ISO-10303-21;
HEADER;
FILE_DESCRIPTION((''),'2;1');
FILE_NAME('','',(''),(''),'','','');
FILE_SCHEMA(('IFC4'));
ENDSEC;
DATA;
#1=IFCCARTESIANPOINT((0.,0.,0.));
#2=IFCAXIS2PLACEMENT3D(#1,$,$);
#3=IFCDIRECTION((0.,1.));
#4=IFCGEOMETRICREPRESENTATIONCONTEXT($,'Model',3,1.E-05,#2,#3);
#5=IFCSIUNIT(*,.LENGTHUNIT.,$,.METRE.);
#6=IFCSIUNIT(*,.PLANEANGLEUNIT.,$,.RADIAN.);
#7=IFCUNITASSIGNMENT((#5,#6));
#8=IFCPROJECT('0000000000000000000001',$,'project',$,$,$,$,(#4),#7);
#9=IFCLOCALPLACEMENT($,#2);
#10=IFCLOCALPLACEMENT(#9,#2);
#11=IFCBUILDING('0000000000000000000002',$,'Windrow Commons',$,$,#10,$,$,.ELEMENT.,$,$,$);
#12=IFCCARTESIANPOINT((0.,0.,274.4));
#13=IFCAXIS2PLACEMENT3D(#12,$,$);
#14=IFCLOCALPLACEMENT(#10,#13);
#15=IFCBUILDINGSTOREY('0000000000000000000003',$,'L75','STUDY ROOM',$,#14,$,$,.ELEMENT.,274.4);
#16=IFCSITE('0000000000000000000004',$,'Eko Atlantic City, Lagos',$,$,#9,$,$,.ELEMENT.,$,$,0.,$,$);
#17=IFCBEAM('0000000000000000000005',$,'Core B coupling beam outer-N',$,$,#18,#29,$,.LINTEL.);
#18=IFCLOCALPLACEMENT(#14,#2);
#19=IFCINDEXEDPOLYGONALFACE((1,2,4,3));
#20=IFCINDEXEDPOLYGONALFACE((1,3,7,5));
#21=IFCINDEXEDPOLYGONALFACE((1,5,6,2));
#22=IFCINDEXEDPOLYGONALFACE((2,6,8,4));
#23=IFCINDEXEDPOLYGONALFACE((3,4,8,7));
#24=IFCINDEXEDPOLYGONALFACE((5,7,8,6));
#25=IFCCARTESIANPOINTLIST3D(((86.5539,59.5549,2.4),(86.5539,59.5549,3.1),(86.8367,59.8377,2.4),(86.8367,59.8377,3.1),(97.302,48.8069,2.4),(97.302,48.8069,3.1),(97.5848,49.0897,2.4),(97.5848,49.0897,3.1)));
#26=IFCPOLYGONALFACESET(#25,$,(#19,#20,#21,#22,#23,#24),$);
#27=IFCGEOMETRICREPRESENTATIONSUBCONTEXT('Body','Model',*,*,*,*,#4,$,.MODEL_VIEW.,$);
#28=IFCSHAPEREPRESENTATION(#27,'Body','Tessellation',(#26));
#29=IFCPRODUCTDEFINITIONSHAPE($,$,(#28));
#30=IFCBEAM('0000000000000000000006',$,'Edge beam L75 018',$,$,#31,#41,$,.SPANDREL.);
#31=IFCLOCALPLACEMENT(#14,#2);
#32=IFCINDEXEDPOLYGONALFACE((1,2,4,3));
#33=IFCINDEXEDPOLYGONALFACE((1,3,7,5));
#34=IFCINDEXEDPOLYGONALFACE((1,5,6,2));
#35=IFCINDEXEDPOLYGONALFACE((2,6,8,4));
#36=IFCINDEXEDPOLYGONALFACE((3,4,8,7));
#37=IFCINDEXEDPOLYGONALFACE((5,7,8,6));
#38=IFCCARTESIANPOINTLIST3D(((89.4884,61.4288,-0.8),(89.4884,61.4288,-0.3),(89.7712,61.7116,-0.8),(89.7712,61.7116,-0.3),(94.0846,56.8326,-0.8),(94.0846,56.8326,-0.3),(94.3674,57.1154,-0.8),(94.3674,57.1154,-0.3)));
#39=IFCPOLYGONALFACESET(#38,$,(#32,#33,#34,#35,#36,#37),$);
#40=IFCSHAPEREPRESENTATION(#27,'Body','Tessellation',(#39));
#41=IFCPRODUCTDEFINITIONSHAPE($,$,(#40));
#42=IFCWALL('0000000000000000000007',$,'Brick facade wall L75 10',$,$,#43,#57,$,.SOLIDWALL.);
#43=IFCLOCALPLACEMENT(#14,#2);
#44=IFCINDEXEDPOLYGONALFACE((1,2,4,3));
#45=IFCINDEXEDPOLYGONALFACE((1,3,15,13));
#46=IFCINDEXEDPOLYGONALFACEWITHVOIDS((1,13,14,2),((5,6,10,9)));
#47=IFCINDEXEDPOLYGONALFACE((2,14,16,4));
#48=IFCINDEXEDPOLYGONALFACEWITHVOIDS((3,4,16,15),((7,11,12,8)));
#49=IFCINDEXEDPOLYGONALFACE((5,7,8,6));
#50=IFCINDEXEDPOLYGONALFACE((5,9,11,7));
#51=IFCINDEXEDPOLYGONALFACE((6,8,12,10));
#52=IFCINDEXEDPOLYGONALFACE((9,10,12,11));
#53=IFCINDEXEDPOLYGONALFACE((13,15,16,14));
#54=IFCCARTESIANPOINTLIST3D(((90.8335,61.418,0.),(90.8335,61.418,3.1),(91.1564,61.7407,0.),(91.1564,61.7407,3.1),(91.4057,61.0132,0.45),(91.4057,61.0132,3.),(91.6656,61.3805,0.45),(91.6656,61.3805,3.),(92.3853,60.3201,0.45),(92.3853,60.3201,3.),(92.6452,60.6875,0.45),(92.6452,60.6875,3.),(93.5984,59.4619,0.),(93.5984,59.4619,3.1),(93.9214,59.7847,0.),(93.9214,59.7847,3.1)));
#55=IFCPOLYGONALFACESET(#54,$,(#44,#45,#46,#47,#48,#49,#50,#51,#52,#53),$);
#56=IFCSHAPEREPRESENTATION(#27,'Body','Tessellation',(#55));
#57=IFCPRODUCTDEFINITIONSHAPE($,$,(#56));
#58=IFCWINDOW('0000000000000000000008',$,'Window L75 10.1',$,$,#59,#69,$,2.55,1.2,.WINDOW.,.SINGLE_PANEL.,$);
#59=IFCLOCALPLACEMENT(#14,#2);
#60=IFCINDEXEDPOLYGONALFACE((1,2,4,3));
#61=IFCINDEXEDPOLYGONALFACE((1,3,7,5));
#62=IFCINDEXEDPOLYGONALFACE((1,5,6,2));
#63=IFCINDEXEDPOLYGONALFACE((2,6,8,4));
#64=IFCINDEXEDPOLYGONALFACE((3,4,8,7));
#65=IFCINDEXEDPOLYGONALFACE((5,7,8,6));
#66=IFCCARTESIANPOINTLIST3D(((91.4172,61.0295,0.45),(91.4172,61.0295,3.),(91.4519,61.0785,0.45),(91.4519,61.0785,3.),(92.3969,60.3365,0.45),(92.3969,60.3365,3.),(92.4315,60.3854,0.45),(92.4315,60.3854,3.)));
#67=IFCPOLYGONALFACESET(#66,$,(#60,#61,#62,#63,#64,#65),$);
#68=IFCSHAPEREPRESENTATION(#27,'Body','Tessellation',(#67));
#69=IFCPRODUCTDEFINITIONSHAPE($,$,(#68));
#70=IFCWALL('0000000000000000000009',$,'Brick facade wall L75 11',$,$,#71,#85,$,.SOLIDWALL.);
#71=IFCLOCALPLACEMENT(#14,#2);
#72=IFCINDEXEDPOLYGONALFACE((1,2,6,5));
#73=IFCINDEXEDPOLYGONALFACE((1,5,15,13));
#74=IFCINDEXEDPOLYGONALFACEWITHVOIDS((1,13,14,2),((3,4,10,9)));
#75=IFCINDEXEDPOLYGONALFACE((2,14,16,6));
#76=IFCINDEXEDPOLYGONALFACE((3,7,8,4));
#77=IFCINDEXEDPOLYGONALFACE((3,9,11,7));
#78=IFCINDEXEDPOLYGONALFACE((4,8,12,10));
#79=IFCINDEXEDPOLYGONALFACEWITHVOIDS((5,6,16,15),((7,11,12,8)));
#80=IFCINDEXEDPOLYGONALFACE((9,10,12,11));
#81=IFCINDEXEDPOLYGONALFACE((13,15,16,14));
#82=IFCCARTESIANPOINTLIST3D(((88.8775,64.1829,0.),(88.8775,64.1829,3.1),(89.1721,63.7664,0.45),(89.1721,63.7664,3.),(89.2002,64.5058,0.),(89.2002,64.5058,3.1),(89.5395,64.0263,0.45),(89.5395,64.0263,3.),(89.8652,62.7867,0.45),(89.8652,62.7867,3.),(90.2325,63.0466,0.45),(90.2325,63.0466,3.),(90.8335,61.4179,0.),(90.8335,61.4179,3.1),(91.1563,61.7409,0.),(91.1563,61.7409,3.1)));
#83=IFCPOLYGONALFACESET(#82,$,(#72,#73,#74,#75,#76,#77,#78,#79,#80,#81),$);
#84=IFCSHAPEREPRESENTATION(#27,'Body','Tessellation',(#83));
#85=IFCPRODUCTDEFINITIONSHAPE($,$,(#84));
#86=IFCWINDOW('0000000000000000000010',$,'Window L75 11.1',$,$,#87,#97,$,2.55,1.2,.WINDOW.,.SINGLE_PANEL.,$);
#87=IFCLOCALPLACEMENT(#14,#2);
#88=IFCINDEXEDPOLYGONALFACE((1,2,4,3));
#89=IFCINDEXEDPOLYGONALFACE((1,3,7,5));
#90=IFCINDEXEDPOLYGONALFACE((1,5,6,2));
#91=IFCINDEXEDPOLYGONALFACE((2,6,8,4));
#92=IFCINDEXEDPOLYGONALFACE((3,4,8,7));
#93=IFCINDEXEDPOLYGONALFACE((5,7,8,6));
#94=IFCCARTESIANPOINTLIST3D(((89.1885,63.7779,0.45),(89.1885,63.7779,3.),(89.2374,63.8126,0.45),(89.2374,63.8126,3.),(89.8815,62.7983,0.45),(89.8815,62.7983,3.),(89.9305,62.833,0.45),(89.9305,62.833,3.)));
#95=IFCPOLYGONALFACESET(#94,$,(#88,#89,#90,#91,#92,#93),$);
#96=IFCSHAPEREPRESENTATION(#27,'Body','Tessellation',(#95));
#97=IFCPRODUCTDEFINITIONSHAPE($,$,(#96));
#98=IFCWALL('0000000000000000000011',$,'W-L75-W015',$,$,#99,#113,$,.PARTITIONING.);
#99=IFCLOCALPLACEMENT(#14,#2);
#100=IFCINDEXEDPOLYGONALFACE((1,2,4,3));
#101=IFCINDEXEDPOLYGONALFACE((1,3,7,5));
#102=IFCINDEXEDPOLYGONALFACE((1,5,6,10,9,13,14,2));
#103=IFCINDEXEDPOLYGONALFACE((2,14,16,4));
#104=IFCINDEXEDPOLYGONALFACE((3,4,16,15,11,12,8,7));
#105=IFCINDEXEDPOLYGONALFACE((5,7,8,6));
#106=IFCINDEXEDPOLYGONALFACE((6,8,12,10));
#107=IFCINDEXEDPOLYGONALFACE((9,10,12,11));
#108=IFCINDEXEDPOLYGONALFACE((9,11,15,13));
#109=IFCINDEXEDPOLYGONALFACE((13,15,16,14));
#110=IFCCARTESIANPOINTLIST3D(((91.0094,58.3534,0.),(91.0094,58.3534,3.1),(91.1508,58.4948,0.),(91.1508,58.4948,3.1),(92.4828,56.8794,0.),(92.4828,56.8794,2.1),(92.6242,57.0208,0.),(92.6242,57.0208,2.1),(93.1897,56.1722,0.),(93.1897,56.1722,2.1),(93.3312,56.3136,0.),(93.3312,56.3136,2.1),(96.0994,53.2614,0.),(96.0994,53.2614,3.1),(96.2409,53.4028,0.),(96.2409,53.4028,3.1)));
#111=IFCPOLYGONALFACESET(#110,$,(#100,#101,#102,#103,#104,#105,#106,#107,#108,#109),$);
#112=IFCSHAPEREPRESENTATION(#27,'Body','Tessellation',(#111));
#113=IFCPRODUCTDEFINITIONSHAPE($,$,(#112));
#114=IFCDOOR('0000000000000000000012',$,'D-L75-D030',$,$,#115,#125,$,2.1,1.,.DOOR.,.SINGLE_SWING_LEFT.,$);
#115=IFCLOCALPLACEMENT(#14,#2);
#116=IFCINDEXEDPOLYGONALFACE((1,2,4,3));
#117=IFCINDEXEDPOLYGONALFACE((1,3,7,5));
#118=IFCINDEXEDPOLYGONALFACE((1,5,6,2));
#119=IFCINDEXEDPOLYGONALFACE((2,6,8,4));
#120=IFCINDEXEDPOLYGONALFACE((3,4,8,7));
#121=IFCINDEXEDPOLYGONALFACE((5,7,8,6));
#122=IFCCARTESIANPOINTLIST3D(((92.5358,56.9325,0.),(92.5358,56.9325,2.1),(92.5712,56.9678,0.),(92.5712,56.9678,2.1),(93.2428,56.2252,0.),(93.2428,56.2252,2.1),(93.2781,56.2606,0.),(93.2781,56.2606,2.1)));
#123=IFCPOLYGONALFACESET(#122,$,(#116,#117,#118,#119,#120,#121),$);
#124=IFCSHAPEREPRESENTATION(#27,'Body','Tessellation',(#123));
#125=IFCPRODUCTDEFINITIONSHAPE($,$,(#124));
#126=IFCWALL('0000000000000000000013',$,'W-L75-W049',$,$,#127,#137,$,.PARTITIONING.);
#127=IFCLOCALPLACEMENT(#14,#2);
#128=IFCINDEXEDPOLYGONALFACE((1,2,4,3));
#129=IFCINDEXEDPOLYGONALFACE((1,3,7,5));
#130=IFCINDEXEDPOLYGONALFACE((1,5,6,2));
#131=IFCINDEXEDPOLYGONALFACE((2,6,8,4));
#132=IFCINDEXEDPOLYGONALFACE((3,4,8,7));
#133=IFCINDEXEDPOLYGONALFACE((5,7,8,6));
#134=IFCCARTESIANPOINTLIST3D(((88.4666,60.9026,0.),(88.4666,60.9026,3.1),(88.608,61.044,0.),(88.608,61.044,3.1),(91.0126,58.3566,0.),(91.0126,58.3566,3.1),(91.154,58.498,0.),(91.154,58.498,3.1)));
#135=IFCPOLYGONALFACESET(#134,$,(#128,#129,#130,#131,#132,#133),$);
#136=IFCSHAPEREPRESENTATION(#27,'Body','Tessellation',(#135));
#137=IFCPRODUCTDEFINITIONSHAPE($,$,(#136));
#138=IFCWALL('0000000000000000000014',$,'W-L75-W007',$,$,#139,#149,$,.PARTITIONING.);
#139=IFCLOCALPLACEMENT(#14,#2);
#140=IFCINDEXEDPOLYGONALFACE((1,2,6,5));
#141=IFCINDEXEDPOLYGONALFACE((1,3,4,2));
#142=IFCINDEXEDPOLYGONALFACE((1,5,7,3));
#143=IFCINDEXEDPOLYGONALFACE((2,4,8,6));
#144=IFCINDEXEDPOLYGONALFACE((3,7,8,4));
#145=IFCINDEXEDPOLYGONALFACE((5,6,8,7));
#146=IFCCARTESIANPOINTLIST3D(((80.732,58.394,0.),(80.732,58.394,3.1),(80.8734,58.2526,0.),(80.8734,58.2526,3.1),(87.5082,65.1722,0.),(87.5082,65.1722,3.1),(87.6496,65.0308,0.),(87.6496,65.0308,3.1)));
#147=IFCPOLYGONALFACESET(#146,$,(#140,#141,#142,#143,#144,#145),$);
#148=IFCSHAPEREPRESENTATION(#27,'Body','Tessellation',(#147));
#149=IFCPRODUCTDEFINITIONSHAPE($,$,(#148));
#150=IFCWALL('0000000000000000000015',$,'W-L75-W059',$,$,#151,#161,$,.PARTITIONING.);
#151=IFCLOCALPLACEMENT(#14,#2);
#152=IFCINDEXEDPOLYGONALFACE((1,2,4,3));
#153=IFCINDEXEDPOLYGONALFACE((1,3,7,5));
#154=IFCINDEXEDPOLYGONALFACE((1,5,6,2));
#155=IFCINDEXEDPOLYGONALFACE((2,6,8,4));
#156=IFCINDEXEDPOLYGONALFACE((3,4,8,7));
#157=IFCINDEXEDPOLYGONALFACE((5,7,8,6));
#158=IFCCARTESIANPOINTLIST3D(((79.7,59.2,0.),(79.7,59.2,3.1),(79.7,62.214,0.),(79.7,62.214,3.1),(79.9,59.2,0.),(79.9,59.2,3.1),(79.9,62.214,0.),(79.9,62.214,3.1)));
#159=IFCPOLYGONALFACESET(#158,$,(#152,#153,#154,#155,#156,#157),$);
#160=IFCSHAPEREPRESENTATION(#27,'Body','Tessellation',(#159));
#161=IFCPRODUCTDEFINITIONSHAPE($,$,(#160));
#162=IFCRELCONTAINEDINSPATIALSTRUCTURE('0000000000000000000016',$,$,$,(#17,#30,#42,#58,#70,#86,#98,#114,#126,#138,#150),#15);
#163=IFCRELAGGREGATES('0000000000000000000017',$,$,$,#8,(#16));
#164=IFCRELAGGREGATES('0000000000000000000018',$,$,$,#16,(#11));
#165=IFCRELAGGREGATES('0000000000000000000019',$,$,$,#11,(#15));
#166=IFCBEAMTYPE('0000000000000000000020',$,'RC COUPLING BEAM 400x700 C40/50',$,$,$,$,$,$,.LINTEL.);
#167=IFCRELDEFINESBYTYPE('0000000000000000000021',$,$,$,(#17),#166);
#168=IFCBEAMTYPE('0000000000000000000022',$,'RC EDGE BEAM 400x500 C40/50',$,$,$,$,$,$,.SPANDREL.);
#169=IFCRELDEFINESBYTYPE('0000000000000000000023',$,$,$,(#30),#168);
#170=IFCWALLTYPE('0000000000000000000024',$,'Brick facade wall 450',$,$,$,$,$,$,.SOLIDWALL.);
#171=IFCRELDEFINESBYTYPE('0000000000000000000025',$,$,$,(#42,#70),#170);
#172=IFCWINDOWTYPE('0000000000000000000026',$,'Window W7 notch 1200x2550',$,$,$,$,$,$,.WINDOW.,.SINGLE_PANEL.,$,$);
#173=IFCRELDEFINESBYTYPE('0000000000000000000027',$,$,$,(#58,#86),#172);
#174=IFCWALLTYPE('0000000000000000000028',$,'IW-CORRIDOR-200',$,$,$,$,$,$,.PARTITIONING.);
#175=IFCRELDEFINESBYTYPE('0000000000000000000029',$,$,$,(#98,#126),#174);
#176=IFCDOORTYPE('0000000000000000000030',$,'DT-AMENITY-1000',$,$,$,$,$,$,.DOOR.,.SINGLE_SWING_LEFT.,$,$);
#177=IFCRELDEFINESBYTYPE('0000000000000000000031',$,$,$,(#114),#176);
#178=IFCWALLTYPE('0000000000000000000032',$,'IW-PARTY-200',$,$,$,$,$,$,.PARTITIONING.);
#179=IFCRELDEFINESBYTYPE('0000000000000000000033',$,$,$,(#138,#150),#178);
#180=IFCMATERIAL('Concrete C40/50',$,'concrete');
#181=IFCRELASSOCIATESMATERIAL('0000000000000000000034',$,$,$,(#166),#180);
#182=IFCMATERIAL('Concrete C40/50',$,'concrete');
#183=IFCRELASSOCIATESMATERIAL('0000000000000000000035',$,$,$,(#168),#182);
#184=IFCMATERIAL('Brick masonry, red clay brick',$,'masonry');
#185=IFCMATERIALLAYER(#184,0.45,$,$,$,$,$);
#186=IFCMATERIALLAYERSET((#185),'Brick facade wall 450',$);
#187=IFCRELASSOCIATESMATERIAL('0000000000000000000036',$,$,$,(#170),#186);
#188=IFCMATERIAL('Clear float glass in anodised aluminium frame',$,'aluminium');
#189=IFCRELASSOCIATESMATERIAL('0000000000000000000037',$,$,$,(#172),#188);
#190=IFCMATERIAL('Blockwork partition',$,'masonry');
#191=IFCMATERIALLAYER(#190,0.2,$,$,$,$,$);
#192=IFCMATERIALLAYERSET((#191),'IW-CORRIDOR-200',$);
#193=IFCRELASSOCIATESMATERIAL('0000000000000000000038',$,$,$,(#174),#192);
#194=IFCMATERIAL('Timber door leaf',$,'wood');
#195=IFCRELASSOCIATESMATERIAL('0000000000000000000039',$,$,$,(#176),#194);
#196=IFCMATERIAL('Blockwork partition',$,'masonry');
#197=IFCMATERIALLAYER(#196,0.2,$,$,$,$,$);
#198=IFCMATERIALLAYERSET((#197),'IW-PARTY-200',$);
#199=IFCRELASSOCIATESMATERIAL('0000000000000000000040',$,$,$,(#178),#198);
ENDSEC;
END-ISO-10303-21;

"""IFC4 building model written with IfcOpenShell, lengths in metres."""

from ifc_helpers import new_model, si_unit, direction, frame, frame_2d, origin, origin_2d, place, context, subcontext, project, spatial, polyline, rectangle, outline, extrude, material, layer, layer_set, material_profile, profile_set, type_object, element, fill, save


model = new_model("IFC4")

# Units and contexts
model_context = context("Model", 3, precision=1e-05, world=origin(), true_north=direction((0.0, 1.0)))
body_context = subcontext(model_context, "Body", "Model", "MODEL_VIEW")
ifc_project = project(units=[si_unit("LENGTHUNIT", "METRE"), si_unit("PLANEANGLEUNIT", "RADIAN")], contexts=[model_context])

# Site, building, storey
site_placement = place(None, origin())
site = spatial("IfcSite", under=ifc_project, at=site_placement, Name="Eko Atlantic City, Lagos", CompositionType="ELEMENT", RefElevation=0.0)
building_placement = place(site_placement, origin())
building = spatial("IfcBuilding", under=site, at=building_placement, Name="Windrow Commons", CompositionType="ELEMENT")
storey_placement = place(building_placement, frame((0.0, 0.0, 274.4)))
storey = spatial("IfcBuildingStorey", under=building, at=storey_placement, Name="L75", Description="STUDY ROOM", CompositionType="ELEMENT", Elevation=274.4)

# Beams
ifc_material_1 = material(Name="Concrete C40/50", Category="concrete")
ifc_material_profile_1 = material_profile(ifc_material_1, rectangle(XDim=0.4, YDim=0.7, at=origin_2d()))
ifc_profile_set_1 = profile_set([ifc_material_profile_1], Name="Concrete C40/50")
beam_type_1 = type_object("IfcBeamType", Name="RC COUPLING BEAM 400x700 C40/50", PredefinedType="LINTEL", material=ifc_profile_set_1)
beam_1_placement = place(storey_placement, frame((86.6953, 59.6963, 2.75), z_axis=(0.70711, -0.707103, 0.0), x_axis=(0.707103, 0.70711, 0.0)))
element("IfcBeam", 1, at=beam_1_placement, inside=storey, type_object=beam_type_1, Name="Core B coupling beam outer-N", PredefinedType="LINTEL", context=body_context, shape_type="SweptSolid", body=[
    extrude(rectangle(XDim=0.4, YDim=0.7, at=origin_2d()), origin(), (0.0, 0.0, 1.0), 15.2),
])
ifc_material_2 = material(Name="Concrete C40/50", Category="concrete")
ifc_material_profile_2 = material_profile(ifc_material_2, rectangle(XDim=0.4, YDim=0.5, at=origin_2d()))
ifc_profile_set_2 = profile_set([ifc_material_profile_2], Name="Concrete C40/50")
beam_type_2 = type_object("IfcBeamType", Name="RC EDGE BEAM 400x500 C40/50", PredefinedType="SPANDREL", material=ifc_profile_set_2)
beam_2_placement = place(storey_placement, frame((89.6298, 61.5702, -0.55), z_axis=(0.707107, -0.707107, 0.0), x_axis=(0.707107, 0.707107, 0.0)))
element("IfcBeam", 2, at=beam_2_placement, inside=storey, type_object=beam_type_2, Name="Edge beam L75 018", PredefinedType="SPANDREL", context=body_context, shape_type="SweptSolid", body=[
    extrude(rectangle(XDim=0.4, YDim=0.5, at=origin_2d()), origin(), (0.0, 0.0, 1.0), 6.5),
])

# Walls, openings, windows
ifc_material_3 = material(Name="Brick masonry, red clay brick", Category="masonry")
ifc_layer_1 = layer(ifc_material_3, 0.45)
ifc_layer_set_1 = layer_set([ifc_layer_1], Name="Brick facade wall 450")
wall_type_1 = type_object("IfcWallType", Name="Brick facade wall 450", PredefinedType="SOLIDWALL", material=ifc_layer_set_1)
wall_1_placement = place(storey_placement, frame((93.7599, 59.6233, 0.0), z_axis=(0.0, 0.0, 1.0), x_axis=(-0.816364, 0.577537, 0.0)))
wall_1 = element("IfcWall", 3, at=wall_1_placement, inside=storey, type_object=wall_type_1, Name="Brick facade wall L75 10", PredefinedType="SOLIDWALL", context=body_context, shape_type="SweptSolid", body=[
    extrude(outline(polyline([(-0.0386, -0.225), (3.3483, -0.225), (3.4255, 0.225), (0.0386, 0.225), (-0.0386, -0.225)])), origin(), (0.0, 0.0, 1.0), 3.1),
])
opening_1_placement = place(wall_1_placement, frame((1.5246, 0.0, 0.45)))
opening_1 = element("IfcOpeningElement", 4, at=opening_1_placement, cuts=wall_1, PredefinedType="OPENING", context=body_context, shape_type="SweptSolid", body=[
    extrude(rectangle(XDim=1.2, YDim=2.55, at=frame_2d((0.6, 1.275))), frame((0.0, 0.235, 0.0), z_axis=(0.0, -1.0, 0.0), x_axis=(1.0, 0.0, 0.0)), (0.0, 0.0, 1.0), 0.47),
])
ifc_material_4 = material(Name="Clear float glass in anodised aluminium frame", Category="aluminium")
window_type = type_object("IfcWindowType", Name="Window W7 notch 1200x2550", PartitioningType="SINGLE_PANEL", PredefinedType="WINDOW", material=ifc_material_4)
window_1_placement = place(opening_1_placement, origin())
window_1 = element("IfcWindow", 5, at=window_1_placement, inside=storey, type_object=window_type, Name="Window L75 10.1", OverallHeight=2.55, OverallWidth=1.2, PartitioningType="SINGLE_PANEL", PredefinedType="WINDOW", context=body_context, shape_type="SweptSolid", body=[
    extrude(rectangle(XDim=1.2, YDim=2.55, at=frame_2d((0.6, 1.275))), frame((0.0, 0.205, 0.0), z_axis=(0.0, -1.0, 0.0), x_axis=(1.0, 0.0, 0.0)), (0.0, 0.0, 1.0), 0.06),
])
fill(opening_1, window_1)
wall_2_placement = place(storey_placement, frame((90.9949, 61.5794, 0.0), z_axis=(0.0, 0.0, 1.0), x_axis=(-0.577531, 0.816368, 0.0)))
wall_2 = element("IfcWall", 6, at=wall_2_placement, inside=storey, type_object=wall_type_1, Name="Brick facade wall L75 11", PredefinedType="SOLIDWALL", context=body_context, shape_type="SweptSolid", body=[
    extrude(outline(polyline([(0.0386, -0.225), (3.4255, -0.225), (3.3483, 0.225), (-0.0386, 0.225), (0.0386, -0.225)])), origin(), (0.0, 0.0, 1.0), 3.1),
])
opening_2_placement = place(wall_2_placement, frame((1.6381, 0.0, 0.45)))
opening_2 = element("IfcOpeningElement", 7, at=opening_2_placement, cuts=wall_2, PredefinedType="OPENING", context=body_context, shape_type="SweptSolid", body=[
    extrude(rectangle(XDim=1.2, YDim=2.55, at=frame_2d((0.6, 1.275))), frame((0.0, 0.235, 0.0), z_axis=(0.0, -1.0, 0.0), x_axis=(1.0, 0.0, 0.0)), (0.0, 0.0, 1.0), 0.47),
])
window_2_placement = place(opening_2_placement, origin())
window_2 = element("IfcWindow", 8, at=window_2_placement, inside=storey, type_object=window_type, Name="Window L75 11.1", OverallHeight=2.55, OverallWidth=1.2, PartitioningType="SINGLE_PANEL", PredefinedType="WINDOW", context=body_context, shape_type="SweptSolid", body=[
    extrude(rectangle(XDim=1.2, YDim=2.55, at=frame_2d((0.6, 1.275))), frame((0.0, 0.205, 0.0), z_axis=(0.0, -1.0, 0.0), x_axis=(1.0, 0.0, 0.0)), (0.0, 0.0, 1.0), 0.06),
])
fill(opening_2, window_2)

# Wall, opening, door
ifc_material_5 = material(Name="Blockwork partition", Category="masonry")
ifc_layer_2 = layer(ifc_material_5, 0.2)
ifc_layer_set_2 = layer_set([ifc_layer_2], Name="IW-CORRIDOR-200")
wall_type_2 = type_object("IfcWallType", Name="IW-CORRIDOR-200", PredefinedType="PARTITIONING", material=ifc_layer_set_2)
wall_3_placement = place(storey_placement, frame((91.0801, 58.4241, 0.0), z_axis=(0.0, 0.0, 1.0), x_axis=(0.706968, -0.707246, 0.0)))
wall_3 = element("IfcWall", 9, at=wall_3_placement, inside=storey, type_object=wall_type_2, Name="W-L75-W015", PredefinedType="PARTITIONING", context=body_context, shape_type="SweptSolid", body=[
    extrude(rectangle(XDim=7.1998, YDim=0.2, at=frame_2d((3.5999, 0.0))), origin(), (0.0, 0.0, 1.0), 3.1),
])
opening_3_placement = place(wall_3_placement, frame((2.0841, 0.0, 0.0)))
opening_3 = element("IfcOpeningElement", 10, at=opening_3_placement, cuts=wall_3, PredefinedType="OPENING", context=body_context, shape_type="SweptSolid", body=[
    extrude(rectangle(XDim=1.0, YDim=2.1, at=frame_2d((0.5, 1.05))), frame((0.0, 0.11, 0.0), z_axis=(0.0, -1.0, 0.0), x_axis=(1.0, 0.0, 0.0)), (0.0, 0.0, 1.0), 0.22),
])
ifc_material_6 = material(Name="Timber door leaf", Category="wood")
door_type_1 = type_object("IfcDoorType", Name="DT-AMENITY-1000", OperationType="SINGLE_SWING_LEFT", PredefinedType="DOOR", material=ifc_material_6)
door_1_placement = place(opening_3_placement, origin())
door_1 = element("IfcDoor", 11, at=door_1_placement, inside=storey, type_object=door_type_1, Name="D-L75-D030", OperationType="SINGLE_SWING_LEFT", OverallHeight=2.1, OverallWidth=1.0, PredefinedType="DOOR", context=body_context, shape_type="SweptSolid", body=[
    extrude(rectangle(XDim=1.0, YDim=2.1, at=frame_2d((0.5, 1.05))), frame((0.0, 0.025, 0.0), z_axis=(0.0, -1.0, 0.0), x_axis=(1.0, 0.0, 0.0)), (0.0, 0.0, 1.0), 0.05),
])
fill(opening_3, door_1)

# Walls
wall_4_placement = place(storey_placement, frame((88.5373, 60.9733, 0.0), z_axis=(0.0, 0.0, 1.0), x_axis=(0.707107, -0.707107, 0.0)))
element("IfcWall", 12, at=wall_4_placement, inside=storey, type_object=wall_type_2, Name="W-L75-W049", PredefinedType="PARTITIONING", context=body_context, shape_type="SweptSolid", body=[
    extrude(rectangle(XDim=3.6006, YDim=0.2, at=frame_2d((1.8003, 0.0))), origin(), (0.0, 0.0, 1.0), 3.1),
])
ifc_material_7 = material(Name="Blockwork partition", Category="masonry")
ifc_layer_3 = layer(ifc_material_7, 0.2)
ifc_layer_set_3 = layer_set([ifc_layer_3], Name="IW-PARTY-200")
wall_type_3 = type_object("IfcWallType", Name="IW-PARTY-200", PredefinedType="PARTITIONING", material=ifc_layer_set_3)
wall_5_placement = place(storey_placement, frame((80.8027, 58.3233, 0.0), z_axis=(0.0, 0.0, 1.0), x_axis=(0.707002, 0.707211, 0.0)))
element("IfcWall", 13, at=wall_5_placement, inside=storey, type_object=wall_type_3, Name="W-L75-W007", PredefinedType="PARTITIONING", context=body_context, shape_type="SweptSolid", body=[
    extrude(rectangle(XDim=9.5844, YDim=0.2, at=frame_2d((4.7922, 0.0))), origin(), (0.0, 0.0, 1.0), 3.1),
])
wall_6_placement = place(storey_placement, frame((79.8, 59.2, 0.0), z_axis=(0.0, 0.0, 1.0), x_axis=(0.0, 1.0, 0.0)))
element("IfcWall", 14, at=wall_6_placement, inside=storey, type_object=wall_type_3, Name="W-L75-W059", PredefinedType="PARTITIONING", context=body_context, shape_type="SweptSolid", body=[
    extrude(rectangle(XDim=3.014, YDim=0.2, at=frame_2d((1.507, 0.0))), origin(), (0.0, 0.0, 1.0), 3.1),
])

save(model, "model.ifc")
